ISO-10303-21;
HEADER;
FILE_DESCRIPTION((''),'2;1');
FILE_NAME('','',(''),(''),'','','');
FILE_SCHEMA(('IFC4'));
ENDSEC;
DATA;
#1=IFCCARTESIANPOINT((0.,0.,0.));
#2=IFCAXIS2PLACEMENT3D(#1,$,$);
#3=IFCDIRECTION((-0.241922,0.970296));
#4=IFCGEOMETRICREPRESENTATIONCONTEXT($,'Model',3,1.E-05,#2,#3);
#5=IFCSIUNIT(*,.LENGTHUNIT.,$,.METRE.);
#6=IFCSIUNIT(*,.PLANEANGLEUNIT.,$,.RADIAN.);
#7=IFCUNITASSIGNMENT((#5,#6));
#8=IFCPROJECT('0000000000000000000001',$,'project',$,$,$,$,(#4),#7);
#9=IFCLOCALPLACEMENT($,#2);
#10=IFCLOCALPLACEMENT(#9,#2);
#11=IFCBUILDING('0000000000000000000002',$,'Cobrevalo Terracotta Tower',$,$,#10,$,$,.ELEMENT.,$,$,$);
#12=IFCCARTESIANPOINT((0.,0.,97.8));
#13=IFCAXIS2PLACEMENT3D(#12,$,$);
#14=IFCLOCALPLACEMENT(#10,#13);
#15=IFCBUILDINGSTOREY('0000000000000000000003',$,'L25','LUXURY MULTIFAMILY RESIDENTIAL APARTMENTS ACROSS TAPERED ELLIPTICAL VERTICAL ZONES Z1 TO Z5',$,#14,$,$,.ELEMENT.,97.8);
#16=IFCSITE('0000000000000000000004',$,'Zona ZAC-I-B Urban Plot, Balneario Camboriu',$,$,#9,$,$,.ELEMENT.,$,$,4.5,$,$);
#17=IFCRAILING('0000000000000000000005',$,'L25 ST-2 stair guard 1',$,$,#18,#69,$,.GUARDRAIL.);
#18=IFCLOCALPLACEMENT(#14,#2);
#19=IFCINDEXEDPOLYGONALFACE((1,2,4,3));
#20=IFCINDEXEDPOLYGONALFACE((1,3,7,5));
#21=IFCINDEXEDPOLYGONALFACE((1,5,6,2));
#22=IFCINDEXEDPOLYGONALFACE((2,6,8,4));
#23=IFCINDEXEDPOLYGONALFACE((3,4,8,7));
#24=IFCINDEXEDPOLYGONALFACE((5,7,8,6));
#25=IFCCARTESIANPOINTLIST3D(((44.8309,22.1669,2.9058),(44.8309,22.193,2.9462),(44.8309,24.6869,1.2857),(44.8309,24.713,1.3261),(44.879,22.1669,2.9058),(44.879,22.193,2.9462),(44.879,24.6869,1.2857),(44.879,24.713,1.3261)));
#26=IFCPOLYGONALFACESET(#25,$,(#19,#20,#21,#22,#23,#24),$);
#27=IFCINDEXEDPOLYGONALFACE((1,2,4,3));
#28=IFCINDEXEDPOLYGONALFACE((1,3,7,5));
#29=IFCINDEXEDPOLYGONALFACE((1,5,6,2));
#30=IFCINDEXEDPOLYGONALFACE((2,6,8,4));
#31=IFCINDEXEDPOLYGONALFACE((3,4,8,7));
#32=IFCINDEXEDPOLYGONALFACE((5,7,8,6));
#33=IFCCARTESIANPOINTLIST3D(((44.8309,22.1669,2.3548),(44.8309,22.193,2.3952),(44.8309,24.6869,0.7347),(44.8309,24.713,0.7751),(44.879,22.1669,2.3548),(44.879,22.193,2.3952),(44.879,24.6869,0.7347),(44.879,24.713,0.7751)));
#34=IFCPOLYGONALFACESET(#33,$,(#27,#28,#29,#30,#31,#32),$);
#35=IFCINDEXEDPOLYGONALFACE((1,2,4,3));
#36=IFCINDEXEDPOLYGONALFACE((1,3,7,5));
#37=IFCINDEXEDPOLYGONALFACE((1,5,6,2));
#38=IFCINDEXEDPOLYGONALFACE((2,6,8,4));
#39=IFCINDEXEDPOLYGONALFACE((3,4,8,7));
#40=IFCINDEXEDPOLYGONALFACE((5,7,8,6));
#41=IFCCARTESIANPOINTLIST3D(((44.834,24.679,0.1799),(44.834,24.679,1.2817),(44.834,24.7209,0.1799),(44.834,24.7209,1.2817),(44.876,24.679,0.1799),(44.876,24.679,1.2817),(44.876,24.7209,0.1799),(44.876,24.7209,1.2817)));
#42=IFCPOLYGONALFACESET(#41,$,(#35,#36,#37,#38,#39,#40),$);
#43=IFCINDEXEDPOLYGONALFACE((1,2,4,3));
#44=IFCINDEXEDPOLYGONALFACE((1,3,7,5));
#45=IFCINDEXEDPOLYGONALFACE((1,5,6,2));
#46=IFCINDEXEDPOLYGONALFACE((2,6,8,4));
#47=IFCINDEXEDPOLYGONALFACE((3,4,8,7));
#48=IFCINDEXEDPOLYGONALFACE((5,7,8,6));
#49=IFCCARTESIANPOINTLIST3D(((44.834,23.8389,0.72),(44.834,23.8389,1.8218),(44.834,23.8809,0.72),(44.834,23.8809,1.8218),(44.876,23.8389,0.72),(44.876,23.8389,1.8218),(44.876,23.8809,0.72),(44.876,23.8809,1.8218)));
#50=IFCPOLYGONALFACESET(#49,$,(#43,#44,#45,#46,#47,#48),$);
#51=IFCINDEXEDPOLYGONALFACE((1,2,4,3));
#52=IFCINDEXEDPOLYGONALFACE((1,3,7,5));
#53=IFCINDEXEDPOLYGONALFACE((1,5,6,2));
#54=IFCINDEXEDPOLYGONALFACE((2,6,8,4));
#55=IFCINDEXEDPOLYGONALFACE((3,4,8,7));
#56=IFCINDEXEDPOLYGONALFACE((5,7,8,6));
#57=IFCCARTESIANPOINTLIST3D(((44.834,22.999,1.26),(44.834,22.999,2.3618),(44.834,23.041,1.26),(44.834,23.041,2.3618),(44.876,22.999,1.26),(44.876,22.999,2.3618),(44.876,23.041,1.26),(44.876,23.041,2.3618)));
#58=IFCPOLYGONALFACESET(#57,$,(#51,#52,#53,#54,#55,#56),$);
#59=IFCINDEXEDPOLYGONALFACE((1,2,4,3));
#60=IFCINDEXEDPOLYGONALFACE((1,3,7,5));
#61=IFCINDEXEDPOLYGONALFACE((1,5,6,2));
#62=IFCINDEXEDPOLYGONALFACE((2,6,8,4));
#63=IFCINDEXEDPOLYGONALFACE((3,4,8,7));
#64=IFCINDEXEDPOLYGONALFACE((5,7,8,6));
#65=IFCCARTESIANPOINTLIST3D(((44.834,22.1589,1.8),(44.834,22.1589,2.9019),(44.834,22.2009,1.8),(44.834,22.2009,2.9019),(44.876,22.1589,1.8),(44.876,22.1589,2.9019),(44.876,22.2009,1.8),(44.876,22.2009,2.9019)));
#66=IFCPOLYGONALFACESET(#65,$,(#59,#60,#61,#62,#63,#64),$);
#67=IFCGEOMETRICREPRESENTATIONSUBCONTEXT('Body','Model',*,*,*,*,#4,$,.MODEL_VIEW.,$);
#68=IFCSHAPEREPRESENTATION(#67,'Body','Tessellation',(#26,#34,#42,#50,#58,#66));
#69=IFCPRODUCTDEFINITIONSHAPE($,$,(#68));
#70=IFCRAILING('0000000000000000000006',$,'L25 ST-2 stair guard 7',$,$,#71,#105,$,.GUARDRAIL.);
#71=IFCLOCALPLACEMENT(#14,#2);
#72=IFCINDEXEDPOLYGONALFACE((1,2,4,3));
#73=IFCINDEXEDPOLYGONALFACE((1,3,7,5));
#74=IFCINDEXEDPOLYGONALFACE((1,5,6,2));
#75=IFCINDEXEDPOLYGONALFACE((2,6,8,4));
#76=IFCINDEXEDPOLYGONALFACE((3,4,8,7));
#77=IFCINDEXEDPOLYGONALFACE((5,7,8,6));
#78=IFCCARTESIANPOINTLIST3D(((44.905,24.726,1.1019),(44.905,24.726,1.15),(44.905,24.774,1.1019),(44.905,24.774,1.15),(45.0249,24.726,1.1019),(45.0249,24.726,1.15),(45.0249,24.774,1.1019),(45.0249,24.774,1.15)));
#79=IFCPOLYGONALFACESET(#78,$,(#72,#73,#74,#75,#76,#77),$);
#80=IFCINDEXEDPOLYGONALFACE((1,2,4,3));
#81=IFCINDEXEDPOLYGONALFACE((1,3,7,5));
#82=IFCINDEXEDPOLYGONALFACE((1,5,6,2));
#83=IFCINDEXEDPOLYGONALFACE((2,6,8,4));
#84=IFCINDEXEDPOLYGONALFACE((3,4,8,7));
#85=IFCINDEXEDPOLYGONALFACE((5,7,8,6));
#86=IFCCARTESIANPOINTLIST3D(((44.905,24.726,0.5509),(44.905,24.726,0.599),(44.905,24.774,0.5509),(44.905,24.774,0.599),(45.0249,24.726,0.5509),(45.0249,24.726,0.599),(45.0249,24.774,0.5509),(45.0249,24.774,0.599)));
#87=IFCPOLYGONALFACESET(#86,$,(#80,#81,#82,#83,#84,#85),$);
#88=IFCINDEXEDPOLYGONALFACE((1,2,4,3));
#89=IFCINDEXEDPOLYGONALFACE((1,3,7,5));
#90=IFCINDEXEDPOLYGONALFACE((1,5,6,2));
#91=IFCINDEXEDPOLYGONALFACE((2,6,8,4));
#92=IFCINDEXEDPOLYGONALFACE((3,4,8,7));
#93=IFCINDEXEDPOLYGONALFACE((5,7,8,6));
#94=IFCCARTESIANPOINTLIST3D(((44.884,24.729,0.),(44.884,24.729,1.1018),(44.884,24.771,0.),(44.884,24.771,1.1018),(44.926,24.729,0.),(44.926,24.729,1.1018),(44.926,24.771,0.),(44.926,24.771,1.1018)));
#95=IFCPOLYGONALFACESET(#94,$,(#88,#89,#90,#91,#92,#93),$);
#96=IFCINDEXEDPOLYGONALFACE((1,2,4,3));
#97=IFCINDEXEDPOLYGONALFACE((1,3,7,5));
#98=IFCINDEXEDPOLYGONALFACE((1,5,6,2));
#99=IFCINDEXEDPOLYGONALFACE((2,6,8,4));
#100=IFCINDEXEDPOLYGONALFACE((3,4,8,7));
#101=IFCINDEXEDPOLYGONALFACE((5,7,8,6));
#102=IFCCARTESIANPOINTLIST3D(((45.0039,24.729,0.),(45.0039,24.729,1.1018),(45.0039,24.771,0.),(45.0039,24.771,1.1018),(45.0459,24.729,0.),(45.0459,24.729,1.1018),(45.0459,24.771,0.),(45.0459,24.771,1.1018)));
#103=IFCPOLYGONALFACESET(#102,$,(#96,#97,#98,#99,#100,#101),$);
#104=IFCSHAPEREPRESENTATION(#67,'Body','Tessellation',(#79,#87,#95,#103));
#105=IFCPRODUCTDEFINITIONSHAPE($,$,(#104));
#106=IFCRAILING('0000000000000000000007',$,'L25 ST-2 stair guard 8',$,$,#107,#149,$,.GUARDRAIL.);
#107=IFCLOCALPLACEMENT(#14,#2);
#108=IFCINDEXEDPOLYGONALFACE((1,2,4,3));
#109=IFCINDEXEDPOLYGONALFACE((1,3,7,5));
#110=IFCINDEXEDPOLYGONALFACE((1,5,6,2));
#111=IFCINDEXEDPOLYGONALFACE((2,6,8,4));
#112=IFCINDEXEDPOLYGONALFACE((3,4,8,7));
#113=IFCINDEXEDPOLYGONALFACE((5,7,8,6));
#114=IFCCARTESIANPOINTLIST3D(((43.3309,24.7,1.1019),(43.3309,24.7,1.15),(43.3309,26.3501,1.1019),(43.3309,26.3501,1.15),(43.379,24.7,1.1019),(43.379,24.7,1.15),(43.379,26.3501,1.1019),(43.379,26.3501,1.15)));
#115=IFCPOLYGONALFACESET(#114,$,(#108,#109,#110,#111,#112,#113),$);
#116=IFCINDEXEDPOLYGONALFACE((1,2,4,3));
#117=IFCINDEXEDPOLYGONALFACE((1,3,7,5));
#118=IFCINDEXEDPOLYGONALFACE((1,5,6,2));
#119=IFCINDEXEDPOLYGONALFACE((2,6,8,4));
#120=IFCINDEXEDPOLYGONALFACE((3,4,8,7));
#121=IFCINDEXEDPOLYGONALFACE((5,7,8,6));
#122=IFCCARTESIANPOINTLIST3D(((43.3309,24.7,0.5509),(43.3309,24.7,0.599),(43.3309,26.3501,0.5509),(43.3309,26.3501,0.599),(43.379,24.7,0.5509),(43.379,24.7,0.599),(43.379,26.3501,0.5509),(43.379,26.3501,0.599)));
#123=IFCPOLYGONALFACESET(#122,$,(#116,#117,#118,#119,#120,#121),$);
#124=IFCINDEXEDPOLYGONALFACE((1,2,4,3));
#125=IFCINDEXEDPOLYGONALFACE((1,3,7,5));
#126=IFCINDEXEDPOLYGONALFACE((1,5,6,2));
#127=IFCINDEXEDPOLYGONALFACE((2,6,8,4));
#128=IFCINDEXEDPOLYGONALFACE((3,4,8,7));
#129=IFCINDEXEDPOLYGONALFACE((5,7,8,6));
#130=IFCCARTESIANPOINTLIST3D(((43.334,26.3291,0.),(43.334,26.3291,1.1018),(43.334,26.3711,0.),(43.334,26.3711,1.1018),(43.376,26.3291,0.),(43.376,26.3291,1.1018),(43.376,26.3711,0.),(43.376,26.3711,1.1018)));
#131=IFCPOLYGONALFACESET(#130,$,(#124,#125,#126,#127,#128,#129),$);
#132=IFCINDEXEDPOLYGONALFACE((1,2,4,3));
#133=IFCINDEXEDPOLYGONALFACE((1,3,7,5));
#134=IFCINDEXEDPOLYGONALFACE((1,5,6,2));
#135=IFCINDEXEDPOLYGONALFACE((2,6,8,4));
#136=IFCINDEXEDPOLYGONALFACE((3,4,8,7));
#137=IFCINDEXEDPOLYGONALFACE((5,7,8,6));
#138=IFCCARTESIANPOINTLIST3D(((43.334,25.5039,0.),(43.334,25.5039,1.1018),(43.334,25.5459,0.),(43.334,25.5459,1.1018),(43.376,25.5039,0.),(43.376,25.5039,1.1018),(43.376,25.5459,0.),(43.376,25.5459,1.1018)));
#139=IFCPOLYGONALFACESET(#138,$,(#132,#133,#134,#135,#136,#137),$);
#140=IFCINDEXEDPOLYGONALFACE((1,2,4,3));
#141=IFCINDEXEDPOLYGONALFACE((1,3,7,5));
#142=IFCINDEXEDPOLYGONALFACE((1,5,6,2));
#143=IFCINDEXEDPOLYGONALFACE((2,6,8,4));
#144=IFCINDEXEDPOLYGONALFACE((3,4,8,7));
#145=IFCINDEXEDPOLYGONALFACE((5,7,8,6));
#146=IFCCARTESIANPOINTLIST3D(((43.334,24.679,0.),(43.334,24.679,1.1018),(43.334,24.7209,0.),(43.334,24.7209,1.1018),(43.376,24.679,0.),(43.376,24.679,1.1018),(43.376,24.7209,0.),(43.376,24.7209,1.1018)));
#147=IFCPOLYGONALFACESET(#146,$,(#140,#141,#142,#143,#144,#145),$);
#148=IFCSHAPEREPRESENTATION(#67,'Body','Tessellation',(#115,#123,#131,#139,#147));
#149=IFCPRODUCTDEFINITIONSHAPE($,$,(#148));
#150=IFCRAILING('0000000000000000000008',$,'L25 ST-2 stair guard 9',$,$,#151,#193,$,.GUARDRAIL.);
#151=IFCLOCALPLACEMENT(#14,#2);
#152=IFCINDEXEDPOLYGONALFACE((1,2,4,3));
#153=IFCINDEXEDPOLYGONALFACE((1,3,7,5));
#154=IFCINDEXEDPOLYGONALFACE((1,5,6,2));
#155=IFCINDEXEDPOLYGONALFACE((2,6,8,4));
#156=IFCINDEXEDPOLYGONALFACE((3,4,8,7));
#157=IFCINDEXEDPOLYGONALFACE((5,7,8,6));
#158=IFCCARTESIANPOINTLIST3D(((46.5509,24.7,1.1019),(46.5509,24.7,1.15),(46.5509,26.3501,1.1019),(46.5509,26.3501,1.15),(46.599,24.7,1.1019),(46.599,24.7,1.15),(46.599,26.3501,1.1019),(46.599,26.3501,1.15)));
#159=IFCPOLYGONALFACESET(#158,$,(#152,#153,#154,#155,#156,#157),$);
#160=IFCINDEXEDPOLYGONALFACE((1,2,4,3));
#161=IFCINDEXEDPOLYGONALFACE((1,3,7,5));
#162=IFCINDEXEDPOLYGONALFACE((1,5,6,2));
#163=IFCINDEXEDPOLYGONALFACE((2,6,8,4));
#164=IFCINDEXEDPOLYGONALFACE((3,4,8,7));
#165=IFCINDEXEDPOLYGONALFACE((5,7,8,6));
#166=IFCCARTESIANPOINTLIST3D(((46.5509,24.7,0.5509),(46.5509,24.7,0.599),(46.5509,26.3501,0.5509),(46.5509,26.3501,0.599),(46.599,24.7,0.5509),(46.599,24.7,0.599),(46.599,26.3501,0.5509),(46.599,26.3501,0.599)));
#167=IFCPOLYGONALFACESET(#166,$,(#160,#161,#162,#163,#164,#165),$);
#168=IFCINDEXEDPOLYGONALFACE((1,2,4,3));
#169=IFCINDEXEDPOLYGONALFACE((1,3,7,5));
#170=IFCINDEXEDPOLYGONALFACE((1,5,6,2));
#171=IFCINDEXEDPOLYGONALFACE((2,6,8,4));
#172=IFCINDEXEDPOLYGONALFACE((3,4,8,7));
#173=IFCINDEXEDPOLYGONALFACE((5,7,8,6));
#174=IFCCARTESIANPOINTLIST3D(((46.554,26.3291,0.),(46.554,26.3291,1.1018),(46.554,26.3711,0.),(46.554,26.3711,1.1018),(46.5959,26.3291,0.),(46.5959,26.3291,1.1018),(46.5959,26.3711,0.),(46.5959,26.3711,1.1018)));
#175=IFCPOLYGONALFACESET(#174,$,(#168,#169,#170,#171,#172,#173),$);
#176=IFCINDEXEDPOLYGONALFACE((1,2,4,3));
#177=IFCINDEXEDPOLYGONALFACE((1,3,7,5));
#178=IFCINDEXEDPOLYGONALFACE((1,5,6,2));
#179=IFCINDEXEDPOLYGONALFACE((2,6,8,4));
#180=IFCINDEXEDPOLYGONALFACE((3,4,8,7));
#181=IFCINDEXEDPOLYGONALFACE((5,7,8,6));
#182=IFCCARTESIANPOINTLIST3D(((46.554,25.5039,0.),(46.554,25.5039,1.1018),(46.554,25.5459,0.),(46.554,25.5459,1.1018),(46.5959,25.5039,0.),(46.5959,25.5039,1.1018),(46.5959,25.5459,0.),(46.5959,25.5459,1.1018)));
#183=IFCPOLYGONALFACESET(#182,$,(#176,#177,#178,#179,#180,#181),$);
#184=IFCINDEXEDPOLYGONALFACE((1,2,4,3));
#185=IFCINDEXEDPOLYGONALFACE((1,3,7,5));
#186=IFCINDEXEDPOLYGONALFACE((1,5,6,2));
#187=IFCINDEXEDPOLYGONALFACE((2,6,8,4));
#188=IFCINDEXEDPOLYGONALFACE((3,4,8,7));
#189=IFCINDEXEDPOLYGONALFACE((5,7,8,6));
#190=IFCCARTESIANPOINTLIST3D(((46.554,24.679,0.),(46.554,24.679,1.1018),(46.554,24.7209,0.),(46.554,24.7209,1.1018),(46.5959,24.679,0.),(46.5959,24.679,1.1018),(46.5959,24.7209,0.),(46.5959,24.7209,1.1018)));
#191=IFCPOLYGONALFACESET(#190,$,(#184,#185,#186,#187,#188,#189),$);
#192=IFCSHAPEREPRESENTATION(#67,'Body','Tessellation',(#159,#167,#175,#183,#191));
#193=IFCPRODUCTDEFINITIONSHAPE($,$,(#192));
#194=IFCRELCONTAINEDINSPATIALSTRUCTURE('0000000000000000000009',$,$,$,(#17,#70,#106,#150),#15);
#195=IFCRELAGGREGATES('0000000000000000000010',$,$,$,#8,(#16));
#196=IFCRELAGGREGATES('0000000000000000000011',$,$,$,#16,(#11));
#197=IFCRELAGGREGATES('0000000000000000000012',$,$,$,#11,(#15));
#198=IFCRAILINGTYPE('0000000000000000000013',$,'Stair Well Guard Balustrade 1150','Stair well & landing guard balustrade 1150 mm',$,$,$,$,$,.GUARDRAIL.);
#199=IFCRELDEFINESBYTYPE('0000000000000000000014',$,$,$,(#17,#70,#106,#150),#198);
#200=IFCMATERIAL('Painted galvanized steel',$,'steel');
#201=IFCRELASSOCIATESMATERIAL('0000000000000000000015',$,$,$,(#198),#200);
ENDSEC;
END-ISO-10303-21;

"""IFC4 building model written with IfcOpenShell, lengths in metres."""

from ifc_helpers import new_model, si_unit, direction, frame, origin, origin_2d, place, context, subcontext, project, spatial, rectangle, extrude, material, type_object, element, save


model = new_model("IFC4")

# Units and contexts
model_context = context("Model", 3, precision=1e-05, world=origin(), true_north=direction((-0.241922, 0.970296)))
body_context = subcontext(model_context, "Body", "Model", "MODEL_VIEW")
ifc_project = project(units=[si_unit("LENGTHUNIT", "METRE"), si_unit("PLANEANGLEUNIT", "RADIAN")], contexts=[model_context])

# Site, building, storey
site_placement = place(None, origin())
site = spatial("IfcSite", under=ifc_project, at=site_placement, Name="Zona ZAC-I-B Urban Plot, Balneario Camboriu", CompositionType="ELEMENT", RefElevation=4.5)
building_placement = place(site_placement, origin())
building = spatial("IfcBuilding", under=site, at=building_placement, Name="Cobrevalo Terracotta Tower", CompositionType="ELEMENT")
storey_placement = place(building_placement, frame((0.0, 0.0, 97.8)))
storey = spatial("IfcBuildingStorey", under=building, at=storey_placement, Name="L25", Description="LUXURY MULTIFAMILY RESIDENTIAL APARTMENTS ACROSS TAPERED ELLIPTICAL VERTICAL ZONES Z1 TO Z5", CompositionType="ELEMENT", Elevation=97.8)

# Railings
ifc_material_1 = material(Name="Painted galvanized steel", Category="steel")
railing_type_1 = type_object("IfcRailingType", Name="Stair Well Guard Balustrade 1150", Description="Stair well & landing guard balustrade 1150 mm", PredefinedType="GUARDRAIL", material=ifc_material_1)
railing_1_placement = place(storey_placement, frame((44.855, 24.7, 0.1799)))
element("IfcRailing", 1, at=railing_1_placement, inside=storey, type_object=railing_type_1, Name="L25 ST-2 stair guard 1", PredefinedType="GUARDRAIL", context=body_context, shape_type="SweptSolid", body=[
    extrude(rectangle(XDim=0.0481, YDim=0.0481, at=origin_2d()), frame((0.0, 0.0, 1.126), z_axis=(0.0, -0.841163, 0.540782), x_axis=(1.0, 0.0, 0.0)), (0.0, 0.0, 1.0), 2.9958),
    extrude(rectangle(XDim=0.0481, YDim=0.0481, at=origin_2d()), frame((0.0, 0.0, 0.575), z_axis=(0.0, -0.841163, 0.540782), x_axis=(1.0, 0.0, 0.0)), (0.0, 0.0, 1.0), 2.9958),
    extrude(rectangle(XDim=0.042, YDim=0.042, at=origin_2d()), origin(), (0.0, 0.0, 1.0), 1.1018),
    extrude(rectangle(XDim=0.042, YDim=0.042, at=origin_2d()), frame((0.0, -0.8401, 0.54)), (0.0, 0.0, 1.0), 1.1018),
    extrude(rectangle(XDim=0.042, YDim=0.042, at=origin_2d()), frame((0.0, -1.6799, 1.0801)), (0.0, 0.0, 1.0), 1.1018),
    extrude(rectangle(XDim=0.042, YDim=0.042, at=origin_2d()), frame((0.0, -2.52, 1.6201)), (0.0, 0.0, 1.0), 1.1018),
])
railing_2_placement = place(storey_placement, frame((44.905, 24.75, 0.0)))
element("IfcRailing", 2, at=railing_2_placement, inside=storey, type_object=railing_type_1, Name="L25 ST-2 stair guard 7", PredefinedType="GUARDRAIL", context=body_context, shape_type="SweptSolid", body=[
    extrude(rectangle(XDim=0.0481, YDim=0.0481, at=origin_2d()), frame((0.0, 0.0, 1.126), z_axis=(1.0, 0.0, 0.0), x_axis=(0.0, 1.0, 0.0)), (0.0, 0.0, 1.0), 0.1199),
    extrude(rectangle(XDim=0.0481, YDim=0.0481, at=origin_2d()), frame((0.0, 0.0, 0.575), z_axis=(1.0, 0.0, 0.0), x_axis=(0.0, 1.0, 0.0)), (0.0, 0.0, 1.0), 0.1199),
    extrude(rectangle(XDim=0.042, YDim=0.042, at=origin_2d()), origin(), (0.0, 0.0, 1.0), 1.1018),
    extrude(rectangle(XDim=0.042, YDim=0.042, at=origin_2d()), frame((0.1199, 0.0, 0.0)), (0.0, 0.0, 1.0), 1.1018),
])
for number, where, name in (
    (3, (43.355, 26.3501, 0.0), "L25 ST-2 stair guard 8"),
    (4, (46.575, 26.3501, 0.0), "L25 ST-2 stair guard 9"),
):
    element("IfcRailing", number, at=place(storey_placement, frame(where)), inside=storey, type_object=railing_type_1, Name=name, PredefinedType="GUARDRAIL", context=body_context, shape_type="SweptSolid", body=[
        extrude(rectangle(XDim=0.0481, YDim=0.0481, at=origin_2d()), frame((0.0, 0.0, 1.126), z_axis=(0.0, -1.0, 0.0), x_axis=(1.0, 0.0, 0.0)), (0.0, 0.0, 1.0), 1.6501),
        extrude(rectangle(XDim=0.0481, YDim=0.0481, at=origin_2d()), frame((0.0, 0.0, 0.575), z_axis=(0.0, -1.0, 0.0), x_axis=(1.0, 0.0, 0.0)), (0.0, 0.0, 1.0), 1.6501),
        extrude(rectangle(XDim=0.042, YDim=0.042, at=origin_2d()), origin(), (0.0, 0.0, 1.0), 1.1018),
        extrude(rectangle(XDim=0.042, YDim=0.042, at=origin_2d()), frame((0.0, -0.8252, 0.0)), (0.0, 0.0, 1.0), 1.1018),
        extrude(rectangle(XDim=0.042, YDim=0.042, at=origin_2d()), frame((0.0, -1.6501, 0.0)), (0.0, 0.0, 1.0), 1.1018),
    ])

save(model, "model.ifc")
